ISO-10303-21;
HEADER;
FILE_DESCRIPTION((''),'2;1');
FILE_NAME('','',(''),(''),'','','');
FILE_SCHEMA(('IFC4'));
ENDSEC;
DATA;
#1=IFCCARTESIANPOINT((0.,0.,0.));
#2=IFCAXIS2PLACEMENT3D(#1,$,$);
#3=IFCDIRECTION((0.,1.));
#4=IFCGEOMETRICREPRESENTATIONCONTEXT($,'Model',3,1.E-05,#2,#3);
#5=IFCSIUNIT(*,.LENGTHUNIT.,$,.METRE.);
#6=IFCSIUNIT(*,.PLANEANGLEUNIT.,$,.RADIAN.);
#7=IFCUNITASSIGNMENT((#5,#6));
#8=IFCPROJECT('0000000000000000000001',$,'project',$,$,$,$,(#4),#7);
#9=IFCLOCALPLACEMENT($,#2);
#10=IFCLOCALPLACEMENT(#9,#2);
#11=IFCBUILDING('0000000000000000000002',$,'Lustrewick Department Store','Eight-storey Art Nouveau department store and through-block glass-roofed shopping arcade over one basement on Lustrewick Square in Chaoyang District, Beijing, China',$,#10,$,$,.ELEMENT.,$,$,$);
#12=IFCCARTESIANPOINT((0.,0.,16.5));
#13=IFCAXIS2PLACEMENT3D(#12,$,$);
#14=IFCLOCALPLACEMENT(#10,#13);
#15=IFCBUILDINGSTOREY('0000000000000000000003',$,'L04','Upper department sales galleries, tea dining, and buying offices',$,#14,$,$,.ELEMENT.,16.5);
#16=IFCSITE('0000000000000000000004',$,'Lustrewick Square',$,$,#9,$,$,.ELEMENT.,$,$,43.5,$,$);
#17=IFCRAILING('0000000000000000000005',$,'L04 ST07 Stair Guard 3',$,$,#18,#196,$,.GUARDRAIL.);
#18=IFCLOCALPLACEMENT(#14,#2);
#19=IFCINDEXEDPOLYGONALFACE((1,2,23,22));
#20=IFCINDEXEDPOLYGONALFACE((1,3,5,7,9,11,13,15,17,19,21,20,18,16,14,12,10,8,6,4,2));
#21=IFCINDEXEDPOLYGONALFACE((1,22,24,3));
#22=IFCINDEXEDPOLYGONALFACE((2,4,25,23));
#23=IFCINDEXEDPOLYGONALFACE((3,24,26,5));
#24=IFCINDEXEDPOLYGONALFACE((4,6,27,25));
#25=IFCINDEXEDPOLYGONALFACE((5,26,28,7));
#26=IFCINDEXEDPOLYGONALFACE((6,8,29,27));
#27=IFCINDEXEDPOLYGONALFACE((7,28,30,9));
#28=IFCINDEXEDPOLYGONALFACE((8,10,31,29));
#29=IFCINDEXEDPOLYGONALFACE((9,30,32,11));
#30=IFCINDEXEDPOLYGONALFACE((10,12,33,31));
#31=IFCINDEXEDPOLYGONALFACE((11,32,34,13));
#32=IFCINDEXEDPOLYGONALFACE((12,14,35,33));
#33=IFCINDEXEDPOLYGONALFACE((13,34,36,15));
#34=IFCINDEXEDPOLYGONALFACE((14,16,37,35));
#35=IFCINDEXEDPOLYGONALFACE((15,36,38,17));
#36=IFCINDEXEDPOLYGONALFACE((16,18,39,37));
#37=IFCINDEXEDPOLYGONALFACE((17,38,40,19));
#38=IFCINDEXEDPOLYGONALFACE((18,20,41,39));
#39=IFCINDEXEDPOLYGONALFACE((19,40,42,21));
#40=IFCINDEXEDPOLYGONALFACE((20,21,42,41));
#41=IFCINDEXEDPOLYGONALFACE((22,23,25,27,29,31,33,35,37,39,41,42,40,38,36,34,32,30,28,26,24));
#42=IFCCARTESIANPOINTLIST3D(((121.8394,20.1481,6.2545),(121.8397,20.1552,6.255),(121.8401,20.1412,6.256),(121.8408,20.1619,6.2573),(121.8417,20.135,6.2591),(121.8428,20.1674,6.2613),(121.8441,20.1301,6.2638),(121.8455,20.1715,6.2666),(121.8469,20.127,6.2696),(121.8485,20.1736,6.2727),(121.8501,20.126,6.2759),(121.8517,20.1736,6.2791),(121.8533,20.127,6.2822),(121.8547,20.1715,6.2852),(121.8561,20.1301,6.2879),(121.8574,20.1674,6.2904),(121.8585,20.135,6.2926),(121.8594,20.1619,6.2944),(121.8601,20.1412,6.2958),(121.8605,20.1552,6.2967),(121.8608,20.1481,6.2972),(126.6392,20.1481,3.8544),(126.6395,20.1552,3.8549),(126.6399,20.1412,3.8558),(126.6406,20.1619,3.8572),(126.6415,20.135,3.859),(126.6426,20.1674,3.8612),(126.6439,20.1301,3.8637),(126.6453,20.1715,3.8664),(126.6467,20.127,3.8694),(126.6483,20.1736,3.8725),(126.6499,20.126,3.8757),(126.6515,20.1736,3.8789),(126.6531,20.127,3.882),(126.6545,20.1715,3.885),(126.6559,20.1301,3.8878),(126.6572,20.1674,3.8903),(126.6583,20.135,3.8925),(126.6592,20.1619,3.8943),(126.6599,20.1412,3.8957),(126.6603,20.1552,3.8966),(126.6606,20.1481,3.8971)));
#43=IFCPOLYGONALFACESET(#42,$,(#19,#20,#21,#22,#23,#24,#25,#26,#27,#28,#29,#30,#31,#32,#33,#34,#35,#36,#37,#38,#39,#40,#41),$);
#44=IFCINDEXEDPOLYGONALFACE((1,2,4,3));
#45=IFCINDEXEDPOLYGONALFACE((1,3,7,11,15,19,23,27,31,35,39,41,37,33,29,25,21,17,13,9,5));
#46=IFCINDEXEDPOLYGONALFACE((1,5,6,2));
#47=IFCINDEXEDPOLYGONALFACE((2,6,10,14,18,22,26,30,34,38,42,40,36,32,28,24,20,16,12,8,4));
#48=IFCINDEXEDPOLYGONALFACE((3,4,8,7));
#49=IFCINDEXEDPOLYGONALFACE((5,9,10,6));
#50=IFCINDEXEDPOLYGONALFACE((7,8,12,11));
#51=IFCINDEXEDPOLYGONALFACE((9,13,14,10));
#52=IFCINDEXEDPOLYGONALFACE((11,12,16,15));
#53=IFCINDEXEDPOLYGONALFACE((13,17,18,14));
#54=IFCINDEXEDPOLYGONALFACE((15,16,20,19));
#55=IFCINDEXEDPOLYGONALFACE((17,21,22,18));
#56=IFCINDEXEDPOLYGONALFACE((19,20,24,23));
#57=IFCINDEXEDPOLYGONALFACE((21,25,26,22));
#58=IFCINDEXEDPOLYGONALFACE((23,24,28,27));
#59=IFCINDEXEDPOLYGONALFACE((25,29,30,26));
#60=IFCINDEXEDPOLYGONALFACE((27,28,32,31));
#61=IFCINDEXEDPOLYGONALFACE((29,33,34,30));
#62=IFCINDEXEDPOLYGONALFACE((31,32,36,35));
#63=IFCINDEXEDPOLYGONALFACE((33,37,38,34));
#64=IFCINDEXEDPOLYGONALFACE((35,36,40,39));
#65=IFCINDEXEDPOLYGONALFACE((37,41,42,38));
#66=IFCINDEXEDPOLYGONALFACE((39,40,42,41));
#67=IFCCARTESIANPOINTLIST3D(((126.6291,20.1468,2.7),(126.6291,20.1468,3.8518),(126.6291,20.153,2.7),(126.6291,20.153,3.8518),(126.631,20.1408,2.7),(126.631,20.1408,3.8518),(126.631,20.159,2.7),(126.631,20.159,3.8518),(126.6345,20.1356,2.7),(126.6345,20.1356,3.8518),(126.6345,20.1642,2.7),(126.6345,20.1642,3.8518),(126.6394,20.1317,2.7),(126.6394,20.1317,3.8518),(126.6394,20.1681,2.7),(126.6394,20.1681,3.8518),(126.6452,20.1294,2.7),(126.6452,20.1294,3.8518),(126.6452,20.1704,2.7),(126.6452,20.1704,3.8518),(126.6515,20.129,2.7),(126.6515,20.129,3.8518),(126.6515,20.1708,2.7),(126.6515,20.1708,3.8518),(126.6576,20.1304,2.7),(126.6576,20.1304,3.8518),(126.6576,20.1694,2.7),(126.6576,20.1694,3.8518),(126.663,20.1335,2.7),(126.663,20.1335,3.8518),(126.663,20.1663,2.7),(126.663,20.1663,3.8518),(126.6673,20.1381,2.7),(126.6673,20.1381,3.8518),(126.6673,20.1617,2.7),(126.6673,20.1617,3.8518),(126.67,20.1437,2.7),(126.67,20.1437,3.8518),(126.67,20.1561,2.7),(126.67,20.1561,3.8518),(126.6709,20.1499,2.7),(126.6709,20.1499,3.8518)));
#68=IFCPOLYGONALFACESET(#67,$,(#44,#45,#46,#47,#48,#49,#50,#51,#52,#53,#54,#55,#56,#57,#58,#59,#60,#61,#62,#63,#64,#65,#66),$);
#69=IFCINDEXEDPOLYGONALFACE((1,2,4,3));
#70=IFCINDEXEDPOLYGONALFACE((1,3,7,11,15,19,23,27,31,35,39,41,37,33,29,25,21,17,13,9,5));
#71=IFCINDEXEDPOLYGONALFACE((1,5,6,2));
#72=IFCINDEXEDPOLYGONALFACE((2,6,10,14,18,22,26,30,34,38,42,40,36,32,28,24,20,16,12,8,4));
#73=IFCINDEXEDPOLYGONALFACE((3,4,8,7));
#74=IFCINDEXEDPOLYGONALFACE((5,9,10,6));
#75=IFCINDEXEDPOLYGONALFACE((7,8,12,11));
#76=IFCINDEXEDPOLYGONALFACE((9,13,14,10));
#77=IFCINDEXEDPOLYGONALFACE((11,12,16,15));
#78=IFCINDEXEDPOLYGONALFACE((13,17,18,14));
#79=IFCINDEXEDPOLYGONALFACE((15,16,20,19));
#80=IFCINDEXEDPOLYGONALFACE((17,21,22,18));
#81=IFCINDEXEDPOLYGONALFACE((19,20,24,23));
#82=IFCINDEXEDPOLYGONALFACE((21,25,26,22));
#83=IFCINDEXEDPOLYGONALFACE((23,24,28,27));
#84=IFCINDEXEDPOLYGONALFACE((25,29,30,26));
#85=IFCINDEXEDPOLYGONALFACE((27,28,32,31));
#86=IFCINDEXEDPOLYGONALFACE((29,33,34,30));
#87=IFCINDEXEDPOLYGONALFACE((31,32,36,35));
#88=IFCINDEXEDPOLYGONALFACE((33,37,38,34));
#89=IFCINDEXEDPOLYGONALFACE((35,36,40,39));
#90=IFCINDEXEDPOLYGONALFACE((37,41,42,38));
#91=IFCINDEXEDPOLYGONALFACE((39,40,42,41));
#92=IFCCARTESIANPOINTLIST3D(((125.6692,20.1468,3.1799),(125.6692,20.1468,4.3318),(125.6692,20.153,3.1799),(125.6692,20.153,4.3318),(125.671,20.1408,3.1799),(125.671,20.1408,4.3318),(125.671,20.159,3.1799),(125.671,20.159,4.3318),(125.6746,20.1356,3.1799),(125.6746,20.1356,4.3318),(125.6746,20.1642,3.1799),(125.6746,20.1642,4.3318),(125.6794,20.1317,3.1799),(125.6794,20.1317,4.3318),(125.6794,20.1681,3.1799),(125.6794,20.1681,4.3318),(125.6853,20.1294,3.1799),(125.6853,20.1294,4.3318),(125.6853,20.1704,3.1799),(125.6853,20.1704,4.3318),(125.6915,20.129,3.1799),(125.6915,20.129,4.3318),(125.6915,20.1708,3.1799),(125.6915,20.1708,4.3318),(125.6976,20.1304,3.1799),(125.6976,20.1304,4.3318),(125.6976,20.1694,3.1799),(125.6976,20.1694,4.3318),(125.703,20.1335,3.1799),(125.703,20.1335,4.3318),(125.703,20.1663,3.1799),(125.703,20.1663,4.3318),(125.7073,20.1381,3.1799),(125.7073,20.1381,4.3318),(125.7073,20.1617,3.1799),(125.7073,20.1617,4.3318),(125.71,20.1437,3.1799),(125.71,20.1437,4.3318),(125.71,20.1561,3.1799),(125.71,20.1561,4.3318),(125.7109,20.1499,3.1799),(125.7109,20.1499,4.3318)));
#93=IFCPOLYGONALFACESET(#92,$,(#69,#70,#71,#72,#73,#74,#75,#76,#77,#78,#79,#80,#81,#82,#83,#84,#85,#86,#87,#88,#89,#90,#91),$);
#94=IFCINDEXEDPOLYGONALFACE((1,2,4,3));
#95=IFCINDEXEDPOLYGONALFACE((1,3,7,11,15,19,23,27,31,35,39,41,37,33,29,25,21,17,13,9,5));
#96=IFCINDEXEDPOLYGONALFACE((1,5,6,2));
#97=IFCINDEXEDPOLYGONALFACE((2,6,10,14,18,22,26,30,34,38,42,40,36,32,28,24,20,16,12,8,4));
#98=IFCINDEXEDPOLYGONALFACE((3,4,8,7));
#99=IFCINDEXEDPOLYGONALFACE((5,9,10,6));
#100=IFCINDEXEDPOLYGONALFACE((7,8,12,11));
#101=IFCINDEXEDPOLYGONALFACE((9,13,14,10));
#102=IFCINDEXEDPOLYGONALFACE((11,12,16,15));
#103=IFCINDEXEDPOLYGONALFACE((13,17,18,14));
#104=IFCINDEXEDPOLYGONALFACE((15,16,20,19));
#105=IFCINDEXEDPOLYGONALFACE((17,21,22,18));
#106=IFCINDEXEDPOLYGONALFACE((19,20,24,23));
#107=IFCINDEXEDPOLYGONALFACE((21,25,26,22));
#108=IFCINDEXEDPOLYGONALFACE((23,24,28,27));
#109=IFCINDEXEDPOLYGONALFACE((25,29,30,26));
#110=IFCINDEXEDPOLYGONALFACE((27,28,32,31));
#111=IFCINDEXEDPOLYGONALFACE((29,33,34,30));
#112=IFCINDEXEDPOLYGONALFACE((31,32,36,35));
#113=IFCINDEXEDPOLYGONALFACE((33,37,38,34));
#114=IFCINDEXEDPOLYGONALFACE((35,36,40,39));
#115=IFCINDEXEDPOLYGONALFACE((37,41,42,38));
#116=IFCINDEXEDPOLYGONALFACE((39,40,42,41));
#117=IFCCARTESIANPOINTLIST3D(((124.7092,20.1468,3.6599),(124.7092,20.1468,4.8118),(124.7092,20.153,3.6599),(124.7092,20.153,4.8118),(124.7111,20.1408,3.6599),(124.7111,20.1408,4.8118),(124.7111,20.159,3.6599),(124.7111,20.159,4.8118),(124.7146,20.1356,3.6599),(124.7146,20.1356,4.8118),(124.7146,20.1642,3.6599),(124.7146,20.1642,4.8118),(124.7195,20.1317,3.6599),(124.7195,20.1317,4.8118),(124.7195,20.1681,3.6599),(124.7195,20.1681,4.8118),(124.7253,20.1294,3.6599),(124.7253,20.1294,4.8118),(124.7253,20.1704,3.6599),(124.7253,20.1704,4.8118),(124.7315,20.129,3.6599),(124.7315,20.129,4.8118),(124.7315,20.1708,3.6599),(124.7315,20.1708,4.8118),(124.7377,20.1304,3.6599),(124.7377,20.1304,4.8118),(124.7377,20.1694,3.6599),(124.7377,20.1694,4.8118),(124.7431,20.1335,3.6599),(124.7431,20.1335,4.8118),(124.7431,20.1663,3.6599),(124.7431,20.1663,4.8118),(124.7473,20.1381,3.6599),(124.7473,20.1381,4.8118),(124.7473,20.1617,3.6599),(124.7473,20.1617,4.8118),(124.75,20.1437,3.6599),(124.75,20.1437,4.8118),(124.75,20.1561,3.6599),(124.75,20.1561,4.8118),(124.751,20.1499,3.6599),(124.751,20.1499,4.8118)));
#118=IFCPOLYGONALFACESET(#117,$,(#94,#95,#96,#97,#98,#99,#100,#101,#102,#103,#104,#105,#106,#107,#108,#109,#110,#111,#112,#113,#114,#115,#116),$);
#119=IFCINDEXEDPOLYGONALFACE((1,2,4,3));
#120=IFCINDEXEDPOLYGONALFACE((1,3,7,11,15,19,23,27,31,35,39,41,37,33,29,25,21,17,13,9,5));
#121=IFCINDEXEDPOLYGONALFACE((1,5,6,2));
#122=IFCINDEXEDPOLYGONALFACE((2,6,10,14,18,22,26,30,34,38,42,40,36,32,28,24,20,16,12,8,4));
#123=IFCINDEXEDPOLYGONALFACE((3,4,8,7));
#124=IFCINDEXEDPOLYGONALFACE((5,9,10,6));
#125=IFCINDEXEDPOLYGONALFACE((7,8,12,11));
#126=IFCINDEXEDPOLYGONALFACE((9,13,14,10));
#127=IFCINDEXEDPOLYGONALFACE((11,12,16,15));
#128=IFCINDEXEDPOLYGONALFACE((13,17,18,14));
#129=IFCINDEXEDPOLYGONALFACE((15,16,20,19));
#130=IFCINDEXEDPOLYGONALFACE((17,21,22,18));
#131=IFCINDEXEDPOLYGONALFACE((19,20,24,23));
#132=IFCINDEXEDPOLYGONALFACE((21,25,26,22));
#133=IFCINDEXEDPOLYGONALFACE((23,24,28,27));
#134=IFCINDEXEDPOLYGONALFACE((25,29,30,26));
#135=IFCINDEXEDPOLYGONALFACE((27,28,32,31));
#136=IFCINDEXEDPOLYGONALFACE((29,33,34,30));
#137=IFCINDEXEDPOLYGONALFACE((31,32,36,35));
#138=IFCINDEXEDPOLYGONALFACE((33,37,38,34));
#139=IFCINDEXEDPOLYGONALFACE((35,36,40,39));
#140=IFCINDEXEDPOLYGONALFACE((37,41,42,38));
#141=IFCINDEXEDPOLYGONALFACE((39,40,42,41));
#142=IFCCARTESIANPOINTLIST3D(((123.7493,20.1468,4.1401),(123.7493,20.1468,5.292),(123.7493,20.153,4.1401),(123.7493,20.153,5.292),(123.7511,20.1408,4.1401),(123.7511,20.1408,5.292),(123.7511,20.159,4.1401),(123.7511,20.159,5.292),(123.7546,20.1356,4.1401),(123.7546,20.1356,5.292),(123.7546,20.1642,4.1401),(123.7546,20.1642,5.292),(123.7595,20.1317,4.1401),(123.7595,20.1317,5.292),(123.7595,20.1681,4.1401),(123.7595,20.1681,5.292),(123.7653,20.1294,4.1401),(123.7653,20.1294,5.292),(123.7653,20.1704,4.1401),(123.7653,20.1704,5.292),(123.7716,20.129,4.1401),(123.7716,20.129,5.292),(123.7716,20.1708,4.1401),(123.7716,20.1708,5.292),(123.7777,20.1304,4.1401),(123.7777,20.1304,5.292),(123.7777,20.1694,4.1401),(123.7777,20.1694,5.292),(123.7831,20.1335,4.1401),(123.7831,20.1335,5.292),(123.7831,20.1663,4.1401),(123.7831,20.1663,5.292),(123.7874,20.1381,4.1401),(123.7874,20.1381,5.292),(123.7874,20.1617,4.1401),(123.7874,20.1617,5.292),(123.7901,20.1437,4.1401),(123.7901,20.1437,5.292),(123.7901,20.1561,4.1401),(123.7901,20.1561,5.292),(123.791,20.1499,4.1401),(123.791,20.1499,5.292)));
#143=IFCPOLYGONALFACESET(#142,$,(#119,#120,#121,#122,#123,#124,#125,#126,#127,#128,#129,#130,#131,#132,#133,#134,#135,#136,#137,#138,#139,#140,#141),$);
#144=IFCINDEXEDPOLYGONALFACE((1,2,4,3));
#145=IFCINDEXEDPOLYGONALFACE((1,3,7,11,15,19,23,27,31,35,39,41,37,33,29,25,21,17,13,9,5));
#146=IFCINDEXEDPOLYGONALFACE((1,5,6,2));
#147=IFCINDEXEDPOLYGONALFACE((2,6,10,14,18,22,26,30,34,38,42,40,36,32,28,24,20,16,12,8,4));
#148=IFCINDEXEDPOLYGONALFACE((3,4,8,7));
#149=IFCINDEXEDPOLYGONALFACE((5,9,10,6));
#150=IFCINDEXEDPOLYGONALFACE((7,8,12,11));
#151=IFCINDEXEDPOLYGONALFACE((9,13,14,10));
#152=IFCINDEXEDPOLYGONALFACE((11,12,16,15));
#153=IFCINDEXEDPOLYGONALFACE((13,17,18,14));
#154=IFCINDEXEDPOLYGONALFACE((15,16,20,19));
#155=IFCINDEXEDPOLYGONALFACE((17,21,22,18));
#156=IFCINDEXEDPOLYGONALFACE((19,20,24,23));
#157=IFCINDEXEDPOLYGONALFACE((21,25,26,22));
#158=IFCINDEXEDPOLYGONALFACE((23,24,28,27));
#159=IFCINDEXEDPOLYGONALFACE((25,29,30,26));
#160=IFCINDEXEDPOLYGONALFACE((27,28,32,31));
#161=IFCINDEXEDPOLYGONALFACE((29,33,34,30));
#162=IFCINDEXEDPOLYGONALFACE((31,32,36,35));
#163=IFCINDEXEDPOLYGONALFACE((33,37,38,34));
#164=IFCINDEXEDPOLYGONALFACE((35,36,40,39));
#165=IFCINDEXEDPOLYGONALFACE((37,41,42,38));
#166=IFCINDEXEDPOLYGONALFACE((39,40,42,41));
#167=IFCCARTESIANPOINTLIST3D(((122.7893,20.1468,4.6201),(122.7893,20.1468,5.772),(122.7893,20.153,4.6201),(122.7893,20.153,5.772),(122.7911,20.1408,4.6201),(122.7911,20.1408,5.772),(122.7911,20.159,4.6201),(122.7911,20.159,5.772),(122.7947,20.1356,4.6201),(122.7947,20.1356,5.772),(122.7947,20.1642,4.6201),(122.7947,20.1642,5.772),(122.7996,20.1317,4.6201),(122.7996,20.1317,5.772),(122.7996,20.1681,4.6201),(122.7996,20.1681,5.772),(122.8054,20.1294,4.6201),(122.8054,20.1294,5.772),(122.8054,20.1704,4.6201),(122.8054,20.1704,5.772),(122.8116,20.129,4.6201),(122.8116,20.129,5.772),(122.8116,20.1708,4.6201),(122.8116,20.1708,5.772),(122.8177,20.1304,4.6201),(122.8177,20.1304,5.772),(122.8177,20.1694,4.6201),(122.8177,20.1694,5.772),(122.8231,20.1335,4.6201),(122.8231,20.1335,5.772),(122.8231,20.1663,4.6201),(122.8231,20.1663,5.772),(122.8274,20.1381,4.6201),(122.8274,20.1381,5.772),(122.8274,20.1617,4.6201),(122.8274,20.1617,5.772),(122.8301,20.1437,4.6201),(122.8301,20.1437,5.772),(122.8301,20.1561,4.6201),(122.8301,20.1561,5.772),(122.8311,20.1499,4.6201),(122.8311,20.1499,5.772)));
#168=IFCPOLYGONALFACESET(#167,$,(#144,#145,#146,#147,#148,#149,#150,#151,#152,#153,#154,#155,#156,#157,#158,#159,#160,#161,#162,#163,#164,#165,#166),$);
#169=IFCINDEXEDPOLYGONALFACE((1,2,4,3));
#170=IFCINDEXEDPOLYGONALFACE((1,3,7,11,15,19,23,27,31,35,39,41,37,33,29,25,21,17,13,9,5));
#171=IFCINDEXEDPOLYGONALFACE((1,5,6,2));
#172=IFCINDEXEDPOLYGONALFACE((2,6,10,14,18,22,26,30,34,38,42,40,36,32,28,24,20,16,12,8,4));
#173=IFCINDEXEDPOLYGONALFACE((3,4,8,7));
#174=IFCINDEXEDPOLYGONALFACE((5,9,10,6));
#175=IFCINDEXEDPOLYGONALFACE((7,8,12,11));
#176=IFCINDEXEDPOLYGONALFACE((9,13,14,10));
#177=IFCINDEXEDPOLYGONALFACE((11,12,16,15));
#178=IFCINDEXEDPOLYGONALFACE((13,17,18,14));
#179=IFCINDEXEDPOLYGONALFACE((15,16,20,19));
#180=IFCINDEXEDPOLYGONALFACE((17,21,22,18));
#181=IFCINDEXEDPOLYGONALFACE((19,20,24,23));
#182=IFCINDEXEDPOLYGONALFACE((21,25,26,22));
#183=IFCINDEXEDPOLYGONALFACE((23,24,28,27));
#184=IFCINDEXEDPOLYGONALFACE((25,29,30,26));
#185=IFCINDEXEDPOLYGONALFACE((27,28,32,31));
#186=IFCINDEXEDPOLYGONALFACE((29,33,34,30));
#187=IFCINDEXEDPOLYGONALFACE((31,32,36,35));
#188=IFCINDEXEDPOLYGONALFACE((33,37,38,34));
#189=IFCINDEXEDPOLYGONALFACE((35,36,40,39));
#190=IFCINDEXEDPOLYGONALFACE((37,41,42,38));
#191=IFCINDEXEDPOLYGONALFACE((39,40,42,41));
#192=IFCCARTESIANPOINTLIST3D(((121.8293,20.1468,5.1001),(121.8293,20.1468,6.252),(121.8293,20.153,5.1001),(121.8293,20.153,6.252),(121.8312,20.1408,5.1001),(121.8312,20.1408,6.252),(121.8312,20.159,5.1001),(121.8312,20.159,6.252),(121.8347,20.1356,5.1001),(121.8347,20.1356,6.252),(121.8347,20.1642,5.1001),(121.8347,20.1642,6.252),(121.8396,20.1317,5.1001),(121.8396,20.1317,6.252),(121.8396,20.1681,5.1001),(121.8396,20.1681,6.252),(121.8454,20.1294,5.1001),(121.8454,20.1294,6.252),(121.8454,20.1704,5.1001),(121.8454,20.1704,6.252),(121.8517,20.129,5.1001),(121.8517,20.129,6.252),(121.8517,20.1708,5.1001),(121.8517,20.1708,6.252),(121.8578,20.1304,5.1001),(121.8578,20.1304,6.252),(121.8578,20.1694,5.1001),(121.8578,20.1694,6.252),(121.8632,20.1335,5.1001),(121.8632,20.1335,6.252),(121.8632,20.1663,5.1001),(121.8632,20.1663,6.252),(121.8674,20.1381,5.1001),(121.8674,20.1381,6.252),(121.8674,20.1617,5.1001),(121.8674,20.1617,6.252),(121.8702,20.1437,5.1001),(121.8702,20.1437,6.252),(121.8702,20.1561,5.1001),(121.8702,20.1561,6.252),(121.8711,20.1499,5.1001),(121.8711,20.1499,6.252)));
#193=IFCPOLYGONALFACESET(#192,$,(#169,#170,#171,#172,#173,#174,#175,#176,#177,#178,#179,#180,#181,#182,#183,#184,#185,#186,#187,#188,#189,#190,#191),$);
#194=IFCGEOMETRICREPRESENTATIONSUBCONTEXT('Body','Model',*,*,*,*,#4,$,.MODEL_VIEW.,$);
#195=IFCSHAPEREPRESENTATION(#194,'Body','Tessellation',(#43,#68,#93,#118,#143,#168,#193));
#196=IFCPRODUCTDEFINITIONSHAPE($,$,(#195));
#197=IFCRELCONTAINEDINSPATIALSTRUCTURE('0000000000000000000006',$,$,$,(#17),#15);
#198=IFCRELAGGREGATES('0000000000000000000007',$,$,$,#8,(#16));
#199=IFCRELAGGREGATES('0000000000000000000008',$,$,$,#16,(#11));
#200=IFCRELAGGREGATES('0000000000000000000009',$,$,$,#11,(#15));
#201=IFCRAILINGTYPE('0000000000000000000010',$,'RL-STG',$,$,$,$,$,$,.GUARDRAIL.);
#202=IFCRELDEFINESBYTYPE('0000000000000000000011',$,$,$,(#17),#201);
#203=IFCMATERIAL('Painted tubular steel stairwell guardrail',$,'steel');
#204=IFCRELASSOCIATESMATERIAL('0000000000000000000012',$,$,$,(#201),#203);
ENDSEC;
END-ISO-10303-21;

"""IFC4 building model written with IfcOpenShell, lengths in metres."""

from ifc_helpers import new_model, si_unit, direction, frame, origin, origin_2d, place, context, subcontext, project, spatial, circle, extrude, material, type_object, element, save


model = new_model("IFC4")

# Units and contexts
model_context = context("Model", 3, precision=1e-05, world=origin(), true_north=direction((0.0, 1.0)))
body_context = subcontext(model_context, "Body", "Model", "MODEL_VIEW")
ifc_project = project(units=[si_unit("LENGTHUNIT", "METRE"), si_unit("PLANEANGLEUNIT", "RADIAN")], contexts=[model_context])

# Site, building, storey
site_placement = place(None, origin())
site = spatial("IfcSite", under=ifc_project, at=site_placement, Name="Lustrewick Square", CompositionType="ELEMENT", RefElevation=43.5)
building_placement = place(site_placement, origin())
building = spatial("IfcBuilding", under=site, at=building_placement, Name="Lustrewick Department Store", Description="Eight-storey Art Nouveau department store and through-block glass-roofed shopping arcade over one basement on Lustrewick Square in Chaoyang District, Beijing, China", CompositionType="ELEMENT")
storey_placement = place(building_placement, frame((0.0, 0.0, 16.5)))
storey = spatial("IfcBuildingStorey", under=building, at=storey_placement, Name="L04", Description="Upper department sales galleries, tea dining, and buying offices", CompositionType="ELEMENT", Elevation=16.5)

# Railing
ifc_material_1 = material(Name="Painted tubular steel stairwell guardrail", Category="steel")
railing_type_1 = type_object("IfcRailingType", Name="RL-STG", PredefinedType="GUARDRAIL", material=ifc_material_1)
railing_1_placement = place(storey_placement, frame((126.6499, 20.1499, 2.7)))
element("IfcRailing", 1, at=railing_1_placement, inside=storey, type_object=railing_type_1, Name="L04 ST07 Stair Guard 3", PredefinedType="GUARDRAIL", context=body_context, shape_type="SweptSolid", body=[
    extrude(circle(Radius=0.0239, at=origin_2d()), frame((0.0, 0.0, 1.1758), z_axis=(-0.894409, 0.0, 0.44725), x_axis=(0.0, -1.0, 0.0)), (0.0, 0.0, 1.0), 5.3665),
    extrude(circle(Radius=0.021, at=origin_2d()), origin(), (0.0, 0.0, 1.0), 1.1519),
    extrude(circle(Radius=0.021, at=origin_2d()), frame((-0.96, 0.0, 0.48)), (0.0, 0.0, 1.0), 1.1519),
    extrude(circle(Radius=0.021, at=origin_2d()), frame((-1.9199, 0.0, 0.96)), (0.0, 0.0, 1.0), 1.1519),
    extrude(circle(Radius=0.021, at=origin_2d()), frame((-2.8799, 0.0, 1.4402)), (0.0, 0.0, 1.0), 1.1519),
    extrude(circle(Radius=0.021, at=origin_2d()), frame((-3.8398, 0.0, 1.9202)), (0.0, 0.0, 1.0), 1.1519),
    extrude(circle(Radius=0.021, at=origin_2d()), frame((-4.7998, 0.0, 2.4001)), (0.0, 0.0, 1.0), 1.1519),
])

save(model, "model.ifc")
